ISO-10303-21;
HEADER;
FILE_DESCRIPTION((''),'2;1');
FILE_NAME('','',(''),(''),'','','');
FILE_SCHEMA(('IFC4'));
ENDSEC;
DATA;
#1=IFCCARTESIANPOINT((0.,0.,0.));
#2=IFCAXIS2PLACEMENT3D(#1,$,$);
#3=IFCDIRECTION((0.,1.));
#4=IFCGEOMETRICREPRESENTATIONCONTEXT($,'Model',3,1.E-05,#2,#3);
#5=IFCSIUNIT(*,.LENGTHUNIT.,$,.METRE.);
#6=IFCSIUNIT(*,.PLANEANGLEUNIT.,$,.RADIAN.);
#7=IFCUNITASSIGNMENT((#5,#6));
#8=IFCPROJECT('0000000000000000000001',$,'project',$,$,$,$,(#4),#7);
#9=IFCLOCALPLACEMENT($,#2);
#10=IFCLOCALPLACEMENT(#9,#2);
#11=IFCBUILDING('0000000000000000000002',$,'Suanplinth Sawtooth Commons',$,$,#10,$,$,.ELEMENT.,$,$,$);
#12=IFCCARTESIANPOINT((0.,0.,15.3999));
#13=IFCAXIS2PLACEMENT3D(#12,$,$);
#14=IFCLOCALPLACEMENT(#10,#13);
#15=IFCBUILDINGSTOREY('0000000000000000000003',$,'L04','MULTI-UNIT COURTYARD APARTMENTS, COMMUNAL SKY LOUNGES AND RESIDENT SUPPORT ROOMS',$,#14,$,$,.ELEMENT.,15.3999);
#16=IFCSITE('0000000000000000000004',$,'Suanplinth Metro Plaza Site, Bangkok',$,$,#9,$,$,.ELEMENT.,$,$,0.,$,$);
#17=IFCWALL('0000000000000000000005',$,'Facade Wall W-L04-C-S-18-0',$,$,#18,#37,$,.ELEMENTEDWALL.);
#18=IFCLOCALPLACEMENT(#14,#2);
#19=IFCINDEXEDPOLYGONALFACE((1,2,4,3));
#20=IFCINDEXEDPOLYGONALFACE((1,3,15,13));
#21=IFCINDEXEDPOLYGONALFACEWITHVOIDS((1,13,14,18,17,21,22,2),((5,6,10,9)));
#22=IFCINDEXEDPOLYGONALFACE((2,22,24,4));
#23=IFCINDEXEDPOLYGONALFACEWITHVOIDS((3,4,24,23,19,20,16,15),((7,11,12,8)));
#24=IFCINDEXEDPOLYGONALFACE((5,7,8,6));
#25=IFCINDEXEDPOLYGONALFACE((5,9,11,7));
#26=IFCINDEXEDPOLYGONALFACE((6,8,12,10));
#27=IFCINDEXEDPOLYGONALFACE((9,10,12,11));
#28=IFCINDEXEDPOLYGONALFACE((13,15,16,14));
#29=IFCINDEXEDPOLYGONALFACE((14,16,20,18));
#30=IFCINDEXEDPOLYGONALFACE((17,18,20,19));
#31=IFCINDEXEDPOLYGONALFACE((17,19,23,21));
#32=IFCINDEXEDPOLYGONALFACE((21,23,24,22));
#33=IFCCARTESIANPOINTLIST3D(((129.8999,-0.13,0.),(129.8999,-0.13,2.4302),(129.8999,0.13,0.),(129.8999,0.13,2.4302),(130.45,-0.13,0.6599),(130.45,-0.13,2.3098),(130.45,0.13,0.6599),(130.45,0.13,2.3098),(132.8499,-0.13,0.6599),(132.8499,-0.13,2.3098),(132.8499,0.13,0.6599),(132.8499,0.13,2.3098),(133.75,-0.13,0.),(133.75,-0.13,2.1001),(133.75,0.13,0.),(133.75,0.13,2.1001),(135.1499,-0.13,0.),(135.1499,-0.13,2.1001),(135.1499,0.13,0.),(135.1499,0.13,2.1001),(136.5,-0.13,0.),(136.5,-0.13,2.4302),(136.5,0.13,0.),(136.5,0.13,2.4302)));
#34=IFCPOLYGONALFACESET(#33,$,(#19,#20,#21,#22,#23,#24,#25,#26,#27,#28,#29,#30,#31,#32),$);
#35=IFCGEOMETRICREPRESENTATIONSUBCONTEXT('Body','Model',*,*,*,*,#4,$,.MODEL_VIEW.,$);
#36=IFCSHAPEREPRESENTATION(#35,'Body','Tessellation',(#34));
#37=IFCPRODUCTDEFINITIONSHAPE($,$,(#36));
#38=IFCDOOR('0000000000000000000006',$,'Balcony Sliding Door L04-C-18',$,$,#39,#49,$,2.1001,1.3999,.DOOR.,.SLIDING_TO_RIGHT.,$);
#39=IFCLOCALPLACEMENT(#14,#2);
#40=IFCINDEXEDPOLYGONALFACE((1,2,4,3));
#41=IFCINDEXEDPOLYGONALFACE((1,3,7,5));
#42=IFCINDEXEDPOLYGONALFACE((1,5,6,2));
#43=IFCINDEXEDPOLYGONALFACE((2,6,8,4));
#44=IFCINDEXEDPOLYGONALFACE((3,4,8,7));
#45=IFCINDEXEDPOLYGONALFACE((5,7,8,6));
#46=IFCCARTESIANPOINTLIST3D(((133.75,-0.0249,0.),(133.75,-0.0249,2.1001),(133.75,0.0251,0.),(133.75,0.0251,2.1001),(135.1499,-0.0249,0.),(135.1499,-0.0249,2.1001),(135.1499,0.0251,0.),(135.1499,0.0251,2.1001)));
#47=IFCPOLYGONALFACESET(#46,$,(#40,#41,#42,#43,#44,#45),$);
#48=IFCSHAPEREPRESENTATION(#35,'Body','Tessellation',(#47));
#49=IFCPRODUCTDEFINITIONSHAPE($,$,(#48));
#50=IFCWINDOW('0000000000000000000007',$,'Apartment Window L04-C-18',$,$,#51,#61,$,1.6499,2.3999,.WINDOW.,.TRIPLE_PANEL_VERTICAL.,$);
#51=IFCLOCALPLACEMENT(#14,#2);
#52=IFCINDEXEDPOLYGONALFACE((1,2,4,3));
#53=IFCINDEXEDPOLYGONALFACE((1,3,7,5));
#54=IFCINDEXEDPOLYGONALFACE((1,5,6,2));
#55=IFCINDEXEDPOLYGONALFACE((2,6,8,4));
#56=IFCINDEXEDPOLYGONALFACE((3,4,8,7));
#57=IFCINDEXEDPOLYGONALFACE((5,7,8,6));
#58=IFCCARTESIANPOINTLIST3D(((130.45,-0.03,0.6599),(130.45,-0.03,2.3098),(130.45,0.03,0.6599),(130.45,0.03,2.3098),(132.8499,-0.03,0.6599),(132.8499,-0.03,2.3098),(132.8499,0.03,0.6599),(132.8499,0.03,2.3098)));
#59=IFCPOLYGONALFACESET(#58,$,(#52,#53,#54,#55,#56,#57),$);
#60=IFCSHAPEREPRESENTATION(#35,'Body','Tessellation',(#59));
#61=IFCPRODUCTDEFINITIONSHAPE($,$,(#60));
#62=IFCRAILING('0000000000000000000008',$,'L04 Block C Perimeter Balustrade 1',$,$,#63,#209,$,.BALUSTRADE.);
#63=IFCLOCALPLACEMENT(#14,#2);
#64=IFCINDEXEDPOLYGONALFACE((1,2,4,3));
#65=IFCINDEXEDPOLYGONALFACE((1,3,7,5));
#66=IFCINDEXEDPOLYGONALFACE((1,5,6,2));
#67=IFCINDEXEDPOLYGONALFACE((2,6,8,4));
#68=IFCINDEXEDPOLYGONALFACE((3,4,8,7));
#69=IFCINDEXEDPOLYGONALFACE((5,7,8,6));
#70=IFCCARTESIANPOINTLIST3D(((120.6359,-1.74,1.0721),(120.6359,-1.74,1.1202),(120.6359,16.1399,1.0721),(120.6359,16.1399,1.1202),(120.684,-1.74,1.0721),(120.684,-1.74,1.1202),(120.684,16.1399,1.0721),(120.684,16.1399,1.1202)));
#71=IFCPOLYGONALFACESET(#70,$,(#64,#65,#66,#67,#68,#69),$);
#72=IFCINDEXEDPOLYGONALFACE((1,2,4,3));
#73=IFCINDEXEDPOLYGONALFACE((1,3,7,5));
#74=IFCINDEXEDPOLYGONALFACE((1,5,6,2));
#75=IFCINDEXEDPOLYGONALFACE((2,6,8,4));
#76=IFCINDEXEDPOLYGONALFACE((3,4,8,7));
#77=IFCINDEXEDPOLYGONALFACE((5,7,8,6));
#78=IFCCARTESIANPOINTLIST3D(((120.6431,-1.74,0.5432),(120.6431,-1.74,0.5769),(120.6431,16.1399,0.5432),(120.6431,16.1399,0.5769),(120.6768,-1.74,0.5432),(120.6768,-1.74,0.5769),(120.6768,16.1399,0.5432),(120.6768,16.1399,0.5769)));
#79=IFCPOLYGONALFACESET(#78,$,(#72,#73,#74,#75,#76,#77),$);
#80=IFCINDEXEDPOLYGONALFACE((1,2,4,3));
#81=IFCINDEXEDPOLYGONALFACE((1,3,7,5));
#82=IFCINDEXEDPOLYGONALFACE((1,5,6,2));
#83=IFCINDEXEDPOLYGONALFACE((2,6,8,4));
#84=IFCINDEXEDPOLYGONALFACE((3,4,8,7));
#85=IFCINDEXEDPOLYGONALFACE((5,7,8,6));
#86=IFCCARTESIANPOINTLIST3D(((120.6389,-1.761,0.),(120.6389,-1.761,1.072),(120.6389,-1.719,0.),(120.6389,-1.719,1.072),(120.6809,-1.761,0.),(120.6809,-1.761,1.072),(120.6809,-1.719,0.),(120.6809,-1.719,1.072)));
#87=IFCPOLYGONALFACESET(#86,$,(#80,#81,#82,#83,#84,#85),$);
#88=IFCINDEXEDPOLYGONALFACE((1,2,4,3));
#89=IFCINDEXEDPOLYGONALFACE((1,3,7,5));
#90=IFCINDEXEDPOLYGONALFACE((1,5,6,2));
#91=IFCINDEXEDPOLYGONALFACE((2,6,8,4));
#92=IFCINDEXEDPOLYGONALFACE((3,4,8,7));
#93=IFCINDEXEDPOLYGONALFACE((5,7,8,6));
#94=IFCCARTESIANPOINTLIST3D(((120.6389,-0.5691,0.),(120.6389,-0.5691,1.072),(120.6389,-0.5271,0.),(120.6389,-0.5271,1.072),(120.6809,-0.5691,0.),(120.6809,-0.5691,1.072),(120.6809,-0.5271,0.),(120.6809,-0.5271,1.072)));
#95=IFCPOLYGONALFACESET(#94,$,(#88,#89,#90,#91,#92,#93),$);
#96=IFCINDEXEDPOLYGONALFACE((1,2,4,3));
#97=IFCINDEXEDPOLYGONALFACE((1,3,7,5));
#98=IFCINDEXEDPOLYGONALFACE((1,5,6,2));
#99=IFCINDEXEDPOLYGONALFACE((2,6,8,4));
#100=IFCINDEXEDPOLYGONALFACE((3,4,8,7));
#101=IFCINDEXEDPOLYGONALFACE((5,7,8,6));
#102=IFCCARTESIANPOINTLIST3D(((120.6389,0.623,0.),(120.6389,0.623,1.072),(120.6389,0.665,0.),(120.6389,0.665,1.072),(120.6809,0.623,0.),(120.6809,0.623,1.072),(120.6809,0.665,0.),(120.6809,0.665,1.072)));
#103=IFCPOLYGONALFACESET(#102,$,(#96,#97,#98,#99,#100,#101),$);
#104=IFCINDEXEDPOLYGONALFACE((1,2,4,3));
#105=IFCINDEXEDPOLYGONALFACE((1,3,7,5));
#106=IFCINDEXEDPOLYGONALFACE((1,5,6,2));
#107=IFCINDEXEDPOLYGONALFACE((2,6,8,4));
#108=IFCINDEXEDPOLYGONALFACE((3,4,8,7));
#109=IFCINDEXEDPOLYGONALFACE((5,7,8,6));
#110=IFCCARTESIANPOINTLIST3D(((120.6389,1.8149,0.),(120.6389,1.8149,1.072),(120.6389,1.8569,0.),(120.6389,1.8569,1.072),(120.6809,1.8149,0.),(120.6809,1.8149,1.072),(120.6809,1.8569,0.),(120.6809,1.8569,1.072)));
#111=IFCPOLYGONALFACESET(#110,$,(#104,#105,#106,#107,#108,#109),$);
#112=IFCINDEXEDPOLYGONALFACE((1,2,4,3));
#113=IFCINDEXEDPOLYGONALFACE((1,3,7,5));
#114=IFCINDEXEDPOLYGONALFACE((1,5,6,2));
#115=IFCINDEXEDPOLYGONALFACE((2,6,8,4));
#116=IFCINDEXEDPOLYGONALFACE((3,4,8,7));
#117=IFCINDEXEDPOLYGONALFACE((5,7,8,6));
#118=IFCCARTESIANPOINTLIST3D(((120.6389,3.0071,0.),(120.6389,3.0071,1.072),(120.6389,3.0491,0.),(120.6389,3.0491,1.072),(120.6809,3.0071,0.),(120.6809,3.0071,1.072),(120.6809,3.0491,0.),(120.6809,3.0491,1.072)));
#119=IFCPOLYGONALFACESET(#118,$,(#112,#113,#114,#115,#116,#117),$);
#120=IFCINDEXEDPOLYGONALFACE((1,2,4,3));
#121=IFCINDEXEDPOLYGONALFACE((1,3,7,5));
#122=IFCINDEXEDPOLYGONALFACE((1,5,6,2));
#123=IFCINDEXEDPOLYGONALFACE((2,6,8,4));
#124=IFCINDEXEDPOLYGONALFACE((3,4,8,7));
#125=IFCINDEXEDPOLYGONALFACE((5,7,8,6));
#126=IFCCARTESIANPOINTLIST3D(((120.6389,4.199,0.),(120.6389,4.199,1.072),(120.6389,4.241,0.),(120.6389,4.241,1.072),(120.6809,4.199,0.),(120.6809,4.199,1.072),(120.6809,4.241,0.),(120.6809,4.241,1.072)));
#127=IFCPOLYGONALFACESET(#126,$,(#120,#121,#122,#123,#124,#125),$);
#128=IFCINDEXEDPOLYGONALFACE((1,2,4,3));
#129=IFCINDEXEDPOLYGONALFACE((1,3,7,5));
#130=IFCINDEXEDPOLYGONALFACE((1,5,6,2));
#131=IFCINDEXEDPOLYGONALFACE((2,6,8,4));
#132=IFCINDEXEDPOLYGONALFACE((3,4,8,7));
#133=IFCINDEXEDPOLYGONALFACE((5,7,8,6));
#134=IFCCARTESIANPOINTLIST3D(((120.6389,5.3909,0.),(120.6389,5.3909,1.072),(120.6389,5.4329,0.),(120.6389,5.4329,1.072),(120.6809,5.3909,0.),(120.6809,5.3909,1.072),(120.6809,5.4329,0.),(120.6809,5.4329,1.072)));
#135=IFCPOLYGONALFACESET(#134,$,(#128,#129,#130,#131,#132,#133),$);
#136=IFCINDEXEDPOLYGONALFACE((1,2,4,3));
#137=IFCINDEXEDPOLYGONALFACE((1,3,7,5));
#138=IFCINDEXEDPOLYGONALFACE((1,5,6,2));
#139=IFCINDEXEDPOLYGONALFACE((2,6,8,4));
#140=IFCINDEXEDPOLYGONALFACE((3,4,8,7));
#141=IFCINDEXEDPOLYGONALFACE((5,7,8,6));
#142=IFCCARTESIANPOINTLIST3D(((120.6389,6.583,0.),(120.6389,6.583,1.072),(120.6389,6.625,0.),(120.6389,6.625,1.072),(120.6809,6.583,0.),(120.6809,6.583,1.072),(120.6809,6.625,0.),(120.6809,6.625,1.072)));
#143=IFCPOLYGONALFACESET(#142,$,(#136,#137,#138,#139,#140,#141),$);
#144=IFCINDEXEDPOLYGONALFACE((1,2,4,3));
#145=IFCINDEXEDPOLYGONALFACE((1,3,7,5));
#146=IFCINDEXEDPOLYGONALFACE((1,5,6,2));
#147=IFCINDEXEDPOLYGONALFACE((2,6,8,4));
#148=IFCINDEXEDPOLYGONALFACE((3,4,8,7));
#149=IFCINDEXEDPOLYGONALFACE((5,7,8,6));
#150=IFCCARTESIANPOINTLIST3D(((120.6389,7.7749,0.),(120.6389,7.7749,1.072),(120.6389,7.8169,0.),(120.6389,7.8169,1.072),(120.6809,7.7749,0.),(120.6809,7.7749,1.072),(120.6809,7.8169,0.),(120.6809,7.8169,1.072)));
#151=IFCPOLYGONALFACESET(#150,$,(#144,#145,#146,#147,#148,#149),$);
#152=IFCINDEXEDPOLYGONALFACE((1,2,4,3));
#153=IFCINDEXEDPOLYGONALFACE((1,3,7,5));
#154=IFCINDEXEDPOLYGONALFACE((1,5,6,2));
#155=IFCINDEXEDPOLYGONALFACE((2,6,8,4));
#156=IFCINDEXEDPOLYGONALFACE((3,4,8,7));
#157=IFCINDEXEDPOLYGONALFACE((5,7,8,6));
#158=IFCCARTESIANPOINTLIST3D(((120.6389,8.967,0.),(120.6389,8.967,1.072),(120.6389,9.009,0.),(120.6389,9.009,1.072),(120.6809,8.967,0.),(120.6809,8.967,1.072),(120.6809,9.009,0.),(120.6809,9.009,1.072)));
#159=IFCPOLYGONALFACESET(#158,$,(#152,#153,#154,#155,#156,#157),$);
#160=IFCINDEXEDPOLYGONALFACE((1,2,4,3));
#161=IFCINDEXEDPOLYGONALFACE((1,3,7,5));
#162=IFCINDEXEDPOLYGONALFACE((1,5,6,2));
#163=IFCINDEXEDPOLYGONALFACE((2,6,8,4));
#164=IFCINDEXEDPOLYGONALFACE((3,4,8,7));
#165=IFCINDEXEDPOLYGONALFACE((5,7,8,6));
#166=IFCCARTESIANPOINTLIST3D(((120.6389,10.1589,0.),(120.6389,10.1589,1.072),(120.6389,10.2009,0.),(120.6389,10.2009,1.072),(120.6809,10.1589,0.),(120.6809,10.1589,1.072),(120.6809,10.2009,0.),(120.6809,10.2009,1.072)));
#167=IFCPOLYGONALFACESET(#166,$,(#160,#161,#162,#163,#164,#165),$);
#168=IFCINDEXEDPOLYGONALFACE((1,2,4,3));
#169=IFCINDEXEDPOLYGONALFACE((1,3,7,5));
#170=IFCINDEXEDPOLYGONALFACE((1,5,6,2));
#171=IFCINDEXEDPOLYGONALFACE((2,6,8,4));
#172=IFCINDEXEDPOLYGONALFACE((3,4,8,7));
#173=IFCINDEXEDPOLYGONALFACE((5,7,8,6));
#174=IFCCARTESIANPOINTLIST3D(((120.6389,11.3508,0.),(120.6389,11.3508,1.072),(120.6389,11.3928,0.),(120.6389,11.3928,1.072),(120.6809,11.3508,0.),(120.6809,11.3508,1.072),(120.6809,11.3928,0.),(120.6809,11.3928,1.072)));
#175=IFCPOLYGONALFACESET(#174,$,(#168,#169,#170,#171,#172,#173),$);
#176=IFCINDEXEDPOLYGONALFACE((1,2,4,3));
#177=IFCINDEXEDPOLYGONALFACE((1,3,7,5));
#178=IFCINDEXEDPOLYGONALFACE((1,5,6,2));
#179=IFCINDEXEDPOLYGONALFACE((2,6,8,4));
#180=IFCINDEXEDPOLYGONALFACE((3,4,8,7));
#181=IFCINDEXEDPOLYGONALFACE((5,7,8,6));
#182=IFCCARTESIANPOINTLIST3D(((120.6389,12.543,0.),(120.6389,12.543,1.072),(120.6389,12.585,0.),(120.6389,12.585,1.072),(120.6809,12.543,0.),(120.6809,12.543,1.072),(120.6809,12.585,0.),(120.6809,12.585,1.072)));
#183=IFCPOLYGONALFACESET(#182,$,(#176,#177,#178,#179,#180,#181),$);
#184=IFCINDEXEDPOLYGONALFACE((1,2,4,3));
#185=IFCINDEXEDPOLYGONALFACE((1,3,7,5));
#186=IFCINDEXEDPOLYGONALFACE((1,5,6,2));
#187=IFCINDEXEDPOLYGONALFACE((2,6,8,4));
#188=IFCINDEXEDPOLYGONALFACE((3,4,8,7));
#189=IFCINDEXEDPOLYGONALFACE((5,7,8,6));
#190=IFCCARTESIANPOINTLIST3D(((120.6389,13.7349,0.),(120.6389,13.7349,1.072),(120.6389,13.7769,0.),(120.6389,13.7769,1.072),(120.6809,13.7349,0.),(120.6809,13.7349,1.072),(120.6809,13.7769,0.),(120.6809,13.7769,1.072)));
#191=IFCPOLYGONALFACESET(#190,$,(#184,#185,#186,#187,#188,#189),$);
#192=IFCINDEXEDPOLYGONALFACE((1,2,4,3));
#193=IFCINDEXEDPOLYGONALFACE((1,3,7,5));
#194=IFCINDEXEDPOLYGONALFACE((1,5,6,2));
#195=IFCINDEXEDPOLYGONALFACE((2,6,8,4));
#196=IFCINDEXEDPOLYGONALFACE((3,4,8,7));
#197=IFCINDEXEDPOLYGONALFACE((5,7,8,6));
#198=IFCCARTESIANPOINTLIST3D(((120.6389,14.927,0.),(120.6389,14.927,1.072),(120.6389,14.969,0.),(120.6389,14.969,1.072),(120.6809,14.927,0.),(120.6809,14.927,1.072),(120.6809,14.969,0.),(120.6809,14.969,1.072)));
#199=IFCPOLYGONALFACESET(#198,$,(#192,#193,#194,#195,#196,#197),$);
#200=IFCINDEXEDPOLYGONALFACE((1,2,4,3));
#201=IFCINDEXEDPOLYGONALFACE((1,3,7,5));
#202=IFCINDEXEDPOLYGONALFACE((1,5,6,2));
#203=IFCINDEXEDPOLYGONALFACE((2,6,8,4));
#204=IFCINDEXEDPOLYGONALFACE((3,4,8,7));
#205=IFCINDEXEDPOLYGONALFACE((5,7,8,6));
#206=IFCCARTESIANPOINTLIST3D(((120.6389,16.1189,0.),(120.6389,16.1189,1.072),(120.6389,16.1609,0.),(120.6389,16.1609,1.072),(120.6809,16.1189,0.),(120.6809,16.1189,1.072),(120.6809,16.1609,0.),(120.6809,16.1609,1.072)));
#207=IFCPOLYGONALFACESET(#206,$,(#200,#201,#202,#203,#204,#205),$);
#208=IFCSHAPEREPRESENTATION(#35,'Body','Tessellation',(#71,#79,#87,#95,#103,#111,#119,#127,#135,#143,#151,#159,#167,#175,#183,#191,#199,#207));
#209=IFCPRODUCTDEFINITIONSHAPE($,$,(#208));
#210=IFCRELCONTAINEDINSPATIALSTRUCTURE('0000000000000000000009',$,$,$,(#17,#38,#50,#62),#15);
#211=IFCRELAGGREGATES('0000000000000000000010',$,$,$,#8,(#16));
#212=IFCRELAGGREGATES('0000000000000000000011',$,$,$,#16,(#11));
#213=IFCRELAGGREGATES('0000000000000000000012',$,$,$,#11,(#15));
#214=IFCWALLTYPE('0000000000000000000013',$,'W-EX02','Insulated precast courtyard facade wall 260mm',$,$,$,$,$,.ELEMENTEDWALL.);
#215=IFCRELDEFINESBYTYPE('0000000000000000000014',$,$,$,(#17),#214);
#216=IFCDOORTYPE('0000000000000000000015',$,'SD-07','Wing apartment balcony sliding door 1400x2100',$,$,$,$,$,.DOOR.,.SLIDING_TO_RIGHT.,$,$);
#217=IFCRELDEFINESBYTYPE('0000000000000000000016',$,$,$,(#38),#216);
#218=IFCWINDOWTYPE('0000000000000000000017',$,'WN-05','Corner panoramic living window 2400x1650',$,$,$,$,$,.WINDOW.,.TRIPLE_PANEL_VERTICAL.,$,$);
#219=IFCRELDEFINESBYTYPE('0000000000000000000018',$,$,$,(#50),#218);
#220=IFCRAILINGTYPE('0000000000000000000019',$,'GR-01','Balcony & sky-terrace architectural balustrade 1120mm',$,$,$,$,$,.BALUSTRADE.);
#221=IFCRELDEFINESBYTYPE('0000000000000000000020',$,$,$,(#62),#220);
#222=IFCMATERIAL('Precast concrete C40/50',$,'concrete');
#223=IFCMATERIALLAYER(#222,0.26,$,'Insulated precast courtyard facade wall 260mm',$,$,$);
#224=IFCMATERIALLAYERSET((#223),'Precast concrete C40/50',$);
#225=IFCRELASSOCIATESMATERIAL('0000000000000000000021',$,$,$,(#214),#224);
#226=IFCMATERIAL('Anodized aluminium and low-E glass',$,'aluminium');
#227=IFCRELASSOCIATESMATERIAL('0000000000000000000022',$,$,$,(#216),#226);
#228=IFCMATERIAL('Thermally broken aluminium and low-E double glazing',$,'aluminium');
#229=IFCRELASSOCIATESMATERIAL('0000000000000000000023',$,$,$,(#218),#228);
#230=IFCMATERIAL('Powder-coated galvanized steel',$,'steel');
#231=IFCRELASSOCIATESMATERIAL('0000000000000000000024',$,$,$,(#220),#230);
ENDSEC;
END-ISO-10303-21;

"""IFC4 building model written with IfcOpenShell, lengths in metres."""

from ifc_helpers import new_model, si_unit, direction, frame, frame_2d, origin, origin_2d, place, context, subcontext, project, spatial, rectangle, extrude, material, layer, layer_set, type_object, element, fill, save


model = new_model("IFC4")

# Units and contexts
model_context = context("Model", 3, precision=1e-05, world=origin(), true_north=direction((0.0, 1.0)))
body_context = subcontext(model_context, "Body", "Model", "MODEL_VIEW")
ifc_project = project(units=[si_unit("LENGTHUNIT", "METRE"), si_unit("PLANEANGLEUNIT", "RADIAN")], contexts=[model_context])

# Site, building, storey
site_placement = place(None, origin())
site = spatial("IfcSite", under=ifc_project, at=site_placement, Name="Suanplinth Metro Plaza Site, Bangkok", CompositionType="ELEMENT", RefElevation=0.0)
building_placement = place(site_placement, origin())
building = spatial("IfcBuilding", under=site, at=building_placement, Name="Suanplinth Sawtooth Commons", CompositionType="ELEMENT")
storey_placement = place(building_placement, frame((0.0, 0.0, 15.3999)))
storey = spatial("IfcBuildingStorey", under=building, at=storey_placement, Name="L04", Description="MULTI-UNIT COURTYARD APARTMENTS, COMMUNAL SKY LOUNGES AND RESIDENT SUPPORT ROOMS", CompositionType="ELEMENT", Elevation=15.3999)

# Shared definitions
ifc_material_1 = material(Name="Precast concrete C40/50", Category="concrete")

# Wall, openings, door, window
ifc_layer = layer(ifc_material_1, 0.26, Name="Insulated precast courtyard facade wall 260mm")
ifc_layer_set = layer_set([ifc_layer], Name="Precast concrete C40/50")
wall_type = type_object("IfcWallType", Name="W-EX02", Description="Insulated precast courtyard facade wall 260mm", PredefinedType="ELEMENTEDWALL", material=ifc_layer_set)
ifc_material_2 = material(Name="Anodized aluminium and low-E glass", Category="aluminium")
ifc_material_3 = material(Name="Thermally broken aluminium and low-E double glazing", Category="aluminium")
door_type_1 = type_object("IfcDoorType", Name="SD-07", Description="Wing apartment balcony sliding door 1400x2100", OperationType="SLIDING_TO_RIGHT", PredefinedType="DOOR", material=ifc_material_2)
wall_1_placement = place(storey_placement, frame((129.8999, 0.0, 0.0), z_axis=(0.0, 0.0, 1.0), x_axis=(1.0, 0.0, 0.0)))
wall_1 = element("IfcWall", 1, at=wall_1_placement, inside=storey, type_object=wall_type, Name="Facade Wall W-L04-C-S-18-0", PredefinedType="ELEMENTEDWALL", context=body_context, shape_type="SweptSolid", body=[
    extrude(rectangle(XDim=6.6001, YDim=0.26, at=frame_2d((3.3, 0.0))), origin(), (0.0, 0.0, 1.0), 2.4302),
])
opening_1_placement = place(wall_1_placement, frame((3.8501, 0.0, 0.0)))
opening_1 = element("IfcOpeningElement", 2, at=opening_1_placement, cuts=wall_1, PredefinedType="OPENING", context=body_context, shape_type="SweptSolid", body=[
    extrude(rectangle(XDim=1.3999, YDim=2.1001, at=frame_2d((0.7, 1.05))), frame((0.0, 0.145, 0.0), z_axis=(0.0, -1.0, 0.0), x_axis=(1.0, 0.0, 0.0)), (0.0, 0.0, 1.0), 0.2898),
])
opening_2_placement = place(wall_1_placement, frame((0.55, 0.0, 0.6599)))
opening_2 = element("IfcOpeningElement", 3, at=opening_2_placement, cuts=wall_1, PredefinedType="OPENING", context=body_context, shape_type="SweptSolid", body=[
    extrude(rectangle(XDim=2.3999, YDim=1.6499, at=frame_2d((1.2, 0.825))), frame((0.0, 0.145, 0.0), z_axis=(0.0, -1.0, 0.0), x_axis=(1.0, 0.0, 0.0)), (0.0, 0.0, 1.0), 0.2898),
])
door_1_placement = place(opening_1_placement, frame((1.3999, 0.0, 0.0), z_axis=(0.0, 0.0, 1.0), x_axis=(-1.0, 0.0, 0.0)))
door_1 = element("IfcDoor", 4, at=door_1_placement, inside=storey, type_object=door_type_1, Name="Balcony Sliding Door L04-C-18", OperationType="SLIDING_TO_RIGHT", OverallHeight=2.1001, OverallWidth=1.3999, PredefinedType="DOOR", context=body_context, shape_type="SweptSolid", body=[
    extrude(rectangle(XDim=1.3999, YDim=2.1001, at=frame_2d((0.7, 1.05))), frame((0.0, 0.0249, 0.0), z_axis=(0.0, -1.0, 0.0), x_axis=(1.0, 0.0, 0.0)), (0.0, 0.0, 1.0), 0.05),
])
fill(opening_1, door_1)
window_type_1 = type_object("IfcWindowType", Name="WN-05", Description="Corner panoramic living window 2400x1650", PartitioningType="TRIPLE_PANEL_VERTICAL", PredefinedType="WINDOW", material=ifc_material_3)
window_1_placement = place(opening_2_placement, origin())
window_1 = element("IfcWindow", 5, at=window_1_placement, inside=storey, type_object=window_type_1, Name="Apartment Window L04-C-18", OverallHeight=1.6499, OverallWidth=2.3999, PartitioningType="TRIPLE_PANEL_VERTICAL", PredefinedType="WINDOW", context=body_context, shape_type="SweptSolid", body=[
    extrude(rectangle(XDim=2.3999, YDim=1.6499, at=frame_2d((1.2, 0.825))), frame((0.0, 0.03, 0.0), z_axis=(0.0, -1.0, 0.0), x_axis=(1.0, 0.0, 0.0)), (0.0, 0.0, 1.0), 0.0601),
])
fill(opening_2, window_1)

# Railing
ifc_material_4 = material(Name="Powder-coated galvanized steel", Category="steel")
railing_type = type_object("IfcRailingType", Name="GR-01", Description="Balcony & sky-terrace architectural balustrade 1120mm", PredefinedType="BALUSTRADE", material=ifc_material_4)
railing_placement = place(storey_placement, frame((120.6599, -1.74, 0.0)))
element("IfcRailing", 6, at=railing_placement, inside=storey, type_object=railing_type, Name="L04 Block C Perimeter Balustrade 1", PredefinedType="BALUSTRADE", context=body_context, shape_type="SweptSolid", body=[
    extrude(rectangle(XDim=0.0481, YDim=0.0481, at=origin_2d()), frame((0.0, 0.0, 1.0962), z_axis=(0.0, 1.0, 0.0), x_axis=(-1.0, 0.0, 0.0)), (0.0, 0.0, 1.0), 17.8799),
    extrude(rectangle(XDim=0.0337, YDim=0.0337, at=origin_2d()), frame((0.0, 0.0, 0.5601), z_axis=(0.0, 1.0, 0.0), x_axis=(-1.0, 0.0, 0.0)), (0.0, 0.0, 1.0), 17.8799),
    extrude(rectangle(XDim=0.042, YDim=0.042, at=origin_2d()), origin(), (0.0, 0.0, 1.0), 1.072),
    extrude(rectangle(XDim=0.042, YDim=0.042, at=origin_2d()), frame((0.0, 1.1919, 0.0)), (0.0, 0.0, 1.0), 1.072),
    extrude(rectangle(XDim=0.042, YDim=0.042, at=origin_2d()), frame((0.0, 2.384, 0.0)), (0.0, 0.0, 1.0), 1.072),
    extrude(rectangle(XDim=0.042, YDim=0.042, at=origin_2d()), frame((0.0, 3.5759, 0.0)), (0.0, 0.0, 1.0), 1.072),
    extrude(rectangle(XDim=0.042, YDim=0.042, at=origin_2d()), frame((0.0, 4.7681, 0.0)), (0.0, 0.0, 1.0), 1.072),
    extrude(rectangle(XDim=0.042, YDim=0.042, at=origin_2d()), frame((0.0, 5.96, 0.0)), (0.0, 0.0, 1.0), 1.072),
    extrude(rectangle(XDim=0.042, YDim=0.042, at=origin_2d()), frame((0.0, 7.1519, 0.0)), (0.0, 0.0, 1.0), 1.072),
    extrude(rectangle(XDim=0.042, YDim=0.042, at=origin_2d()), frame((0.0, 8.344, 0.0)), (0.0, 0.0, 1.0), 1.072),
    extrude(rectangle(XDim=0.042, YDim=0.042, at=origin_2d()), frame((0.0, 9.5359, 0.0)), (0.0, 0.0, 1.0), 1.072),
    extrude(rectangle(XDim=0.042, YDim=0.042, at=origin_2d()), frame((0.0, 10.728, 0.0)), (0.0, 0.0, 1.0), 1.072),
    extrude(rectangle(XDim=0.042, YDim=0.042, at=origin_2d()), frame((0.0, 11.9199, 0.0)), (0.0, 0.0, 1.0), 1.072),
    extrude(rectangle(XDim=0.042, YDim=0.042, at=origin_2d()), frame((0.0, 13.1118, 0.0)), (0.0, 0.0, 1.0), 1.072),
    extrude(rectangle(XDim=0.042, YDim=0.042, at=origin_2d()), frame((0.0, 14.304, 0.0)), (0.0, 0.0, 1.0), 1.072),
    extrude(rectangle(XDim=0.042, YDim=0.042, at=origin_2d()), frame((0.0, 15.4958, 0.0)), (0.0, 0.0, 1.0), 1.072),
    extrude(rectangle(XDim=0.042, YDim=0.042, at=origin_2d()), frame((0.0, 16.688, 0.0)), (0.0, 0.0, 1.0), 1.072),
    extrude(rectangle(XDim=0.042, YDim=0.042, at=origin_2d()), frame((0.0, 17.8799, 0.0)), (0.0, 0.0, 1.0), 1.072),
])

save(model, "model.ifc")
